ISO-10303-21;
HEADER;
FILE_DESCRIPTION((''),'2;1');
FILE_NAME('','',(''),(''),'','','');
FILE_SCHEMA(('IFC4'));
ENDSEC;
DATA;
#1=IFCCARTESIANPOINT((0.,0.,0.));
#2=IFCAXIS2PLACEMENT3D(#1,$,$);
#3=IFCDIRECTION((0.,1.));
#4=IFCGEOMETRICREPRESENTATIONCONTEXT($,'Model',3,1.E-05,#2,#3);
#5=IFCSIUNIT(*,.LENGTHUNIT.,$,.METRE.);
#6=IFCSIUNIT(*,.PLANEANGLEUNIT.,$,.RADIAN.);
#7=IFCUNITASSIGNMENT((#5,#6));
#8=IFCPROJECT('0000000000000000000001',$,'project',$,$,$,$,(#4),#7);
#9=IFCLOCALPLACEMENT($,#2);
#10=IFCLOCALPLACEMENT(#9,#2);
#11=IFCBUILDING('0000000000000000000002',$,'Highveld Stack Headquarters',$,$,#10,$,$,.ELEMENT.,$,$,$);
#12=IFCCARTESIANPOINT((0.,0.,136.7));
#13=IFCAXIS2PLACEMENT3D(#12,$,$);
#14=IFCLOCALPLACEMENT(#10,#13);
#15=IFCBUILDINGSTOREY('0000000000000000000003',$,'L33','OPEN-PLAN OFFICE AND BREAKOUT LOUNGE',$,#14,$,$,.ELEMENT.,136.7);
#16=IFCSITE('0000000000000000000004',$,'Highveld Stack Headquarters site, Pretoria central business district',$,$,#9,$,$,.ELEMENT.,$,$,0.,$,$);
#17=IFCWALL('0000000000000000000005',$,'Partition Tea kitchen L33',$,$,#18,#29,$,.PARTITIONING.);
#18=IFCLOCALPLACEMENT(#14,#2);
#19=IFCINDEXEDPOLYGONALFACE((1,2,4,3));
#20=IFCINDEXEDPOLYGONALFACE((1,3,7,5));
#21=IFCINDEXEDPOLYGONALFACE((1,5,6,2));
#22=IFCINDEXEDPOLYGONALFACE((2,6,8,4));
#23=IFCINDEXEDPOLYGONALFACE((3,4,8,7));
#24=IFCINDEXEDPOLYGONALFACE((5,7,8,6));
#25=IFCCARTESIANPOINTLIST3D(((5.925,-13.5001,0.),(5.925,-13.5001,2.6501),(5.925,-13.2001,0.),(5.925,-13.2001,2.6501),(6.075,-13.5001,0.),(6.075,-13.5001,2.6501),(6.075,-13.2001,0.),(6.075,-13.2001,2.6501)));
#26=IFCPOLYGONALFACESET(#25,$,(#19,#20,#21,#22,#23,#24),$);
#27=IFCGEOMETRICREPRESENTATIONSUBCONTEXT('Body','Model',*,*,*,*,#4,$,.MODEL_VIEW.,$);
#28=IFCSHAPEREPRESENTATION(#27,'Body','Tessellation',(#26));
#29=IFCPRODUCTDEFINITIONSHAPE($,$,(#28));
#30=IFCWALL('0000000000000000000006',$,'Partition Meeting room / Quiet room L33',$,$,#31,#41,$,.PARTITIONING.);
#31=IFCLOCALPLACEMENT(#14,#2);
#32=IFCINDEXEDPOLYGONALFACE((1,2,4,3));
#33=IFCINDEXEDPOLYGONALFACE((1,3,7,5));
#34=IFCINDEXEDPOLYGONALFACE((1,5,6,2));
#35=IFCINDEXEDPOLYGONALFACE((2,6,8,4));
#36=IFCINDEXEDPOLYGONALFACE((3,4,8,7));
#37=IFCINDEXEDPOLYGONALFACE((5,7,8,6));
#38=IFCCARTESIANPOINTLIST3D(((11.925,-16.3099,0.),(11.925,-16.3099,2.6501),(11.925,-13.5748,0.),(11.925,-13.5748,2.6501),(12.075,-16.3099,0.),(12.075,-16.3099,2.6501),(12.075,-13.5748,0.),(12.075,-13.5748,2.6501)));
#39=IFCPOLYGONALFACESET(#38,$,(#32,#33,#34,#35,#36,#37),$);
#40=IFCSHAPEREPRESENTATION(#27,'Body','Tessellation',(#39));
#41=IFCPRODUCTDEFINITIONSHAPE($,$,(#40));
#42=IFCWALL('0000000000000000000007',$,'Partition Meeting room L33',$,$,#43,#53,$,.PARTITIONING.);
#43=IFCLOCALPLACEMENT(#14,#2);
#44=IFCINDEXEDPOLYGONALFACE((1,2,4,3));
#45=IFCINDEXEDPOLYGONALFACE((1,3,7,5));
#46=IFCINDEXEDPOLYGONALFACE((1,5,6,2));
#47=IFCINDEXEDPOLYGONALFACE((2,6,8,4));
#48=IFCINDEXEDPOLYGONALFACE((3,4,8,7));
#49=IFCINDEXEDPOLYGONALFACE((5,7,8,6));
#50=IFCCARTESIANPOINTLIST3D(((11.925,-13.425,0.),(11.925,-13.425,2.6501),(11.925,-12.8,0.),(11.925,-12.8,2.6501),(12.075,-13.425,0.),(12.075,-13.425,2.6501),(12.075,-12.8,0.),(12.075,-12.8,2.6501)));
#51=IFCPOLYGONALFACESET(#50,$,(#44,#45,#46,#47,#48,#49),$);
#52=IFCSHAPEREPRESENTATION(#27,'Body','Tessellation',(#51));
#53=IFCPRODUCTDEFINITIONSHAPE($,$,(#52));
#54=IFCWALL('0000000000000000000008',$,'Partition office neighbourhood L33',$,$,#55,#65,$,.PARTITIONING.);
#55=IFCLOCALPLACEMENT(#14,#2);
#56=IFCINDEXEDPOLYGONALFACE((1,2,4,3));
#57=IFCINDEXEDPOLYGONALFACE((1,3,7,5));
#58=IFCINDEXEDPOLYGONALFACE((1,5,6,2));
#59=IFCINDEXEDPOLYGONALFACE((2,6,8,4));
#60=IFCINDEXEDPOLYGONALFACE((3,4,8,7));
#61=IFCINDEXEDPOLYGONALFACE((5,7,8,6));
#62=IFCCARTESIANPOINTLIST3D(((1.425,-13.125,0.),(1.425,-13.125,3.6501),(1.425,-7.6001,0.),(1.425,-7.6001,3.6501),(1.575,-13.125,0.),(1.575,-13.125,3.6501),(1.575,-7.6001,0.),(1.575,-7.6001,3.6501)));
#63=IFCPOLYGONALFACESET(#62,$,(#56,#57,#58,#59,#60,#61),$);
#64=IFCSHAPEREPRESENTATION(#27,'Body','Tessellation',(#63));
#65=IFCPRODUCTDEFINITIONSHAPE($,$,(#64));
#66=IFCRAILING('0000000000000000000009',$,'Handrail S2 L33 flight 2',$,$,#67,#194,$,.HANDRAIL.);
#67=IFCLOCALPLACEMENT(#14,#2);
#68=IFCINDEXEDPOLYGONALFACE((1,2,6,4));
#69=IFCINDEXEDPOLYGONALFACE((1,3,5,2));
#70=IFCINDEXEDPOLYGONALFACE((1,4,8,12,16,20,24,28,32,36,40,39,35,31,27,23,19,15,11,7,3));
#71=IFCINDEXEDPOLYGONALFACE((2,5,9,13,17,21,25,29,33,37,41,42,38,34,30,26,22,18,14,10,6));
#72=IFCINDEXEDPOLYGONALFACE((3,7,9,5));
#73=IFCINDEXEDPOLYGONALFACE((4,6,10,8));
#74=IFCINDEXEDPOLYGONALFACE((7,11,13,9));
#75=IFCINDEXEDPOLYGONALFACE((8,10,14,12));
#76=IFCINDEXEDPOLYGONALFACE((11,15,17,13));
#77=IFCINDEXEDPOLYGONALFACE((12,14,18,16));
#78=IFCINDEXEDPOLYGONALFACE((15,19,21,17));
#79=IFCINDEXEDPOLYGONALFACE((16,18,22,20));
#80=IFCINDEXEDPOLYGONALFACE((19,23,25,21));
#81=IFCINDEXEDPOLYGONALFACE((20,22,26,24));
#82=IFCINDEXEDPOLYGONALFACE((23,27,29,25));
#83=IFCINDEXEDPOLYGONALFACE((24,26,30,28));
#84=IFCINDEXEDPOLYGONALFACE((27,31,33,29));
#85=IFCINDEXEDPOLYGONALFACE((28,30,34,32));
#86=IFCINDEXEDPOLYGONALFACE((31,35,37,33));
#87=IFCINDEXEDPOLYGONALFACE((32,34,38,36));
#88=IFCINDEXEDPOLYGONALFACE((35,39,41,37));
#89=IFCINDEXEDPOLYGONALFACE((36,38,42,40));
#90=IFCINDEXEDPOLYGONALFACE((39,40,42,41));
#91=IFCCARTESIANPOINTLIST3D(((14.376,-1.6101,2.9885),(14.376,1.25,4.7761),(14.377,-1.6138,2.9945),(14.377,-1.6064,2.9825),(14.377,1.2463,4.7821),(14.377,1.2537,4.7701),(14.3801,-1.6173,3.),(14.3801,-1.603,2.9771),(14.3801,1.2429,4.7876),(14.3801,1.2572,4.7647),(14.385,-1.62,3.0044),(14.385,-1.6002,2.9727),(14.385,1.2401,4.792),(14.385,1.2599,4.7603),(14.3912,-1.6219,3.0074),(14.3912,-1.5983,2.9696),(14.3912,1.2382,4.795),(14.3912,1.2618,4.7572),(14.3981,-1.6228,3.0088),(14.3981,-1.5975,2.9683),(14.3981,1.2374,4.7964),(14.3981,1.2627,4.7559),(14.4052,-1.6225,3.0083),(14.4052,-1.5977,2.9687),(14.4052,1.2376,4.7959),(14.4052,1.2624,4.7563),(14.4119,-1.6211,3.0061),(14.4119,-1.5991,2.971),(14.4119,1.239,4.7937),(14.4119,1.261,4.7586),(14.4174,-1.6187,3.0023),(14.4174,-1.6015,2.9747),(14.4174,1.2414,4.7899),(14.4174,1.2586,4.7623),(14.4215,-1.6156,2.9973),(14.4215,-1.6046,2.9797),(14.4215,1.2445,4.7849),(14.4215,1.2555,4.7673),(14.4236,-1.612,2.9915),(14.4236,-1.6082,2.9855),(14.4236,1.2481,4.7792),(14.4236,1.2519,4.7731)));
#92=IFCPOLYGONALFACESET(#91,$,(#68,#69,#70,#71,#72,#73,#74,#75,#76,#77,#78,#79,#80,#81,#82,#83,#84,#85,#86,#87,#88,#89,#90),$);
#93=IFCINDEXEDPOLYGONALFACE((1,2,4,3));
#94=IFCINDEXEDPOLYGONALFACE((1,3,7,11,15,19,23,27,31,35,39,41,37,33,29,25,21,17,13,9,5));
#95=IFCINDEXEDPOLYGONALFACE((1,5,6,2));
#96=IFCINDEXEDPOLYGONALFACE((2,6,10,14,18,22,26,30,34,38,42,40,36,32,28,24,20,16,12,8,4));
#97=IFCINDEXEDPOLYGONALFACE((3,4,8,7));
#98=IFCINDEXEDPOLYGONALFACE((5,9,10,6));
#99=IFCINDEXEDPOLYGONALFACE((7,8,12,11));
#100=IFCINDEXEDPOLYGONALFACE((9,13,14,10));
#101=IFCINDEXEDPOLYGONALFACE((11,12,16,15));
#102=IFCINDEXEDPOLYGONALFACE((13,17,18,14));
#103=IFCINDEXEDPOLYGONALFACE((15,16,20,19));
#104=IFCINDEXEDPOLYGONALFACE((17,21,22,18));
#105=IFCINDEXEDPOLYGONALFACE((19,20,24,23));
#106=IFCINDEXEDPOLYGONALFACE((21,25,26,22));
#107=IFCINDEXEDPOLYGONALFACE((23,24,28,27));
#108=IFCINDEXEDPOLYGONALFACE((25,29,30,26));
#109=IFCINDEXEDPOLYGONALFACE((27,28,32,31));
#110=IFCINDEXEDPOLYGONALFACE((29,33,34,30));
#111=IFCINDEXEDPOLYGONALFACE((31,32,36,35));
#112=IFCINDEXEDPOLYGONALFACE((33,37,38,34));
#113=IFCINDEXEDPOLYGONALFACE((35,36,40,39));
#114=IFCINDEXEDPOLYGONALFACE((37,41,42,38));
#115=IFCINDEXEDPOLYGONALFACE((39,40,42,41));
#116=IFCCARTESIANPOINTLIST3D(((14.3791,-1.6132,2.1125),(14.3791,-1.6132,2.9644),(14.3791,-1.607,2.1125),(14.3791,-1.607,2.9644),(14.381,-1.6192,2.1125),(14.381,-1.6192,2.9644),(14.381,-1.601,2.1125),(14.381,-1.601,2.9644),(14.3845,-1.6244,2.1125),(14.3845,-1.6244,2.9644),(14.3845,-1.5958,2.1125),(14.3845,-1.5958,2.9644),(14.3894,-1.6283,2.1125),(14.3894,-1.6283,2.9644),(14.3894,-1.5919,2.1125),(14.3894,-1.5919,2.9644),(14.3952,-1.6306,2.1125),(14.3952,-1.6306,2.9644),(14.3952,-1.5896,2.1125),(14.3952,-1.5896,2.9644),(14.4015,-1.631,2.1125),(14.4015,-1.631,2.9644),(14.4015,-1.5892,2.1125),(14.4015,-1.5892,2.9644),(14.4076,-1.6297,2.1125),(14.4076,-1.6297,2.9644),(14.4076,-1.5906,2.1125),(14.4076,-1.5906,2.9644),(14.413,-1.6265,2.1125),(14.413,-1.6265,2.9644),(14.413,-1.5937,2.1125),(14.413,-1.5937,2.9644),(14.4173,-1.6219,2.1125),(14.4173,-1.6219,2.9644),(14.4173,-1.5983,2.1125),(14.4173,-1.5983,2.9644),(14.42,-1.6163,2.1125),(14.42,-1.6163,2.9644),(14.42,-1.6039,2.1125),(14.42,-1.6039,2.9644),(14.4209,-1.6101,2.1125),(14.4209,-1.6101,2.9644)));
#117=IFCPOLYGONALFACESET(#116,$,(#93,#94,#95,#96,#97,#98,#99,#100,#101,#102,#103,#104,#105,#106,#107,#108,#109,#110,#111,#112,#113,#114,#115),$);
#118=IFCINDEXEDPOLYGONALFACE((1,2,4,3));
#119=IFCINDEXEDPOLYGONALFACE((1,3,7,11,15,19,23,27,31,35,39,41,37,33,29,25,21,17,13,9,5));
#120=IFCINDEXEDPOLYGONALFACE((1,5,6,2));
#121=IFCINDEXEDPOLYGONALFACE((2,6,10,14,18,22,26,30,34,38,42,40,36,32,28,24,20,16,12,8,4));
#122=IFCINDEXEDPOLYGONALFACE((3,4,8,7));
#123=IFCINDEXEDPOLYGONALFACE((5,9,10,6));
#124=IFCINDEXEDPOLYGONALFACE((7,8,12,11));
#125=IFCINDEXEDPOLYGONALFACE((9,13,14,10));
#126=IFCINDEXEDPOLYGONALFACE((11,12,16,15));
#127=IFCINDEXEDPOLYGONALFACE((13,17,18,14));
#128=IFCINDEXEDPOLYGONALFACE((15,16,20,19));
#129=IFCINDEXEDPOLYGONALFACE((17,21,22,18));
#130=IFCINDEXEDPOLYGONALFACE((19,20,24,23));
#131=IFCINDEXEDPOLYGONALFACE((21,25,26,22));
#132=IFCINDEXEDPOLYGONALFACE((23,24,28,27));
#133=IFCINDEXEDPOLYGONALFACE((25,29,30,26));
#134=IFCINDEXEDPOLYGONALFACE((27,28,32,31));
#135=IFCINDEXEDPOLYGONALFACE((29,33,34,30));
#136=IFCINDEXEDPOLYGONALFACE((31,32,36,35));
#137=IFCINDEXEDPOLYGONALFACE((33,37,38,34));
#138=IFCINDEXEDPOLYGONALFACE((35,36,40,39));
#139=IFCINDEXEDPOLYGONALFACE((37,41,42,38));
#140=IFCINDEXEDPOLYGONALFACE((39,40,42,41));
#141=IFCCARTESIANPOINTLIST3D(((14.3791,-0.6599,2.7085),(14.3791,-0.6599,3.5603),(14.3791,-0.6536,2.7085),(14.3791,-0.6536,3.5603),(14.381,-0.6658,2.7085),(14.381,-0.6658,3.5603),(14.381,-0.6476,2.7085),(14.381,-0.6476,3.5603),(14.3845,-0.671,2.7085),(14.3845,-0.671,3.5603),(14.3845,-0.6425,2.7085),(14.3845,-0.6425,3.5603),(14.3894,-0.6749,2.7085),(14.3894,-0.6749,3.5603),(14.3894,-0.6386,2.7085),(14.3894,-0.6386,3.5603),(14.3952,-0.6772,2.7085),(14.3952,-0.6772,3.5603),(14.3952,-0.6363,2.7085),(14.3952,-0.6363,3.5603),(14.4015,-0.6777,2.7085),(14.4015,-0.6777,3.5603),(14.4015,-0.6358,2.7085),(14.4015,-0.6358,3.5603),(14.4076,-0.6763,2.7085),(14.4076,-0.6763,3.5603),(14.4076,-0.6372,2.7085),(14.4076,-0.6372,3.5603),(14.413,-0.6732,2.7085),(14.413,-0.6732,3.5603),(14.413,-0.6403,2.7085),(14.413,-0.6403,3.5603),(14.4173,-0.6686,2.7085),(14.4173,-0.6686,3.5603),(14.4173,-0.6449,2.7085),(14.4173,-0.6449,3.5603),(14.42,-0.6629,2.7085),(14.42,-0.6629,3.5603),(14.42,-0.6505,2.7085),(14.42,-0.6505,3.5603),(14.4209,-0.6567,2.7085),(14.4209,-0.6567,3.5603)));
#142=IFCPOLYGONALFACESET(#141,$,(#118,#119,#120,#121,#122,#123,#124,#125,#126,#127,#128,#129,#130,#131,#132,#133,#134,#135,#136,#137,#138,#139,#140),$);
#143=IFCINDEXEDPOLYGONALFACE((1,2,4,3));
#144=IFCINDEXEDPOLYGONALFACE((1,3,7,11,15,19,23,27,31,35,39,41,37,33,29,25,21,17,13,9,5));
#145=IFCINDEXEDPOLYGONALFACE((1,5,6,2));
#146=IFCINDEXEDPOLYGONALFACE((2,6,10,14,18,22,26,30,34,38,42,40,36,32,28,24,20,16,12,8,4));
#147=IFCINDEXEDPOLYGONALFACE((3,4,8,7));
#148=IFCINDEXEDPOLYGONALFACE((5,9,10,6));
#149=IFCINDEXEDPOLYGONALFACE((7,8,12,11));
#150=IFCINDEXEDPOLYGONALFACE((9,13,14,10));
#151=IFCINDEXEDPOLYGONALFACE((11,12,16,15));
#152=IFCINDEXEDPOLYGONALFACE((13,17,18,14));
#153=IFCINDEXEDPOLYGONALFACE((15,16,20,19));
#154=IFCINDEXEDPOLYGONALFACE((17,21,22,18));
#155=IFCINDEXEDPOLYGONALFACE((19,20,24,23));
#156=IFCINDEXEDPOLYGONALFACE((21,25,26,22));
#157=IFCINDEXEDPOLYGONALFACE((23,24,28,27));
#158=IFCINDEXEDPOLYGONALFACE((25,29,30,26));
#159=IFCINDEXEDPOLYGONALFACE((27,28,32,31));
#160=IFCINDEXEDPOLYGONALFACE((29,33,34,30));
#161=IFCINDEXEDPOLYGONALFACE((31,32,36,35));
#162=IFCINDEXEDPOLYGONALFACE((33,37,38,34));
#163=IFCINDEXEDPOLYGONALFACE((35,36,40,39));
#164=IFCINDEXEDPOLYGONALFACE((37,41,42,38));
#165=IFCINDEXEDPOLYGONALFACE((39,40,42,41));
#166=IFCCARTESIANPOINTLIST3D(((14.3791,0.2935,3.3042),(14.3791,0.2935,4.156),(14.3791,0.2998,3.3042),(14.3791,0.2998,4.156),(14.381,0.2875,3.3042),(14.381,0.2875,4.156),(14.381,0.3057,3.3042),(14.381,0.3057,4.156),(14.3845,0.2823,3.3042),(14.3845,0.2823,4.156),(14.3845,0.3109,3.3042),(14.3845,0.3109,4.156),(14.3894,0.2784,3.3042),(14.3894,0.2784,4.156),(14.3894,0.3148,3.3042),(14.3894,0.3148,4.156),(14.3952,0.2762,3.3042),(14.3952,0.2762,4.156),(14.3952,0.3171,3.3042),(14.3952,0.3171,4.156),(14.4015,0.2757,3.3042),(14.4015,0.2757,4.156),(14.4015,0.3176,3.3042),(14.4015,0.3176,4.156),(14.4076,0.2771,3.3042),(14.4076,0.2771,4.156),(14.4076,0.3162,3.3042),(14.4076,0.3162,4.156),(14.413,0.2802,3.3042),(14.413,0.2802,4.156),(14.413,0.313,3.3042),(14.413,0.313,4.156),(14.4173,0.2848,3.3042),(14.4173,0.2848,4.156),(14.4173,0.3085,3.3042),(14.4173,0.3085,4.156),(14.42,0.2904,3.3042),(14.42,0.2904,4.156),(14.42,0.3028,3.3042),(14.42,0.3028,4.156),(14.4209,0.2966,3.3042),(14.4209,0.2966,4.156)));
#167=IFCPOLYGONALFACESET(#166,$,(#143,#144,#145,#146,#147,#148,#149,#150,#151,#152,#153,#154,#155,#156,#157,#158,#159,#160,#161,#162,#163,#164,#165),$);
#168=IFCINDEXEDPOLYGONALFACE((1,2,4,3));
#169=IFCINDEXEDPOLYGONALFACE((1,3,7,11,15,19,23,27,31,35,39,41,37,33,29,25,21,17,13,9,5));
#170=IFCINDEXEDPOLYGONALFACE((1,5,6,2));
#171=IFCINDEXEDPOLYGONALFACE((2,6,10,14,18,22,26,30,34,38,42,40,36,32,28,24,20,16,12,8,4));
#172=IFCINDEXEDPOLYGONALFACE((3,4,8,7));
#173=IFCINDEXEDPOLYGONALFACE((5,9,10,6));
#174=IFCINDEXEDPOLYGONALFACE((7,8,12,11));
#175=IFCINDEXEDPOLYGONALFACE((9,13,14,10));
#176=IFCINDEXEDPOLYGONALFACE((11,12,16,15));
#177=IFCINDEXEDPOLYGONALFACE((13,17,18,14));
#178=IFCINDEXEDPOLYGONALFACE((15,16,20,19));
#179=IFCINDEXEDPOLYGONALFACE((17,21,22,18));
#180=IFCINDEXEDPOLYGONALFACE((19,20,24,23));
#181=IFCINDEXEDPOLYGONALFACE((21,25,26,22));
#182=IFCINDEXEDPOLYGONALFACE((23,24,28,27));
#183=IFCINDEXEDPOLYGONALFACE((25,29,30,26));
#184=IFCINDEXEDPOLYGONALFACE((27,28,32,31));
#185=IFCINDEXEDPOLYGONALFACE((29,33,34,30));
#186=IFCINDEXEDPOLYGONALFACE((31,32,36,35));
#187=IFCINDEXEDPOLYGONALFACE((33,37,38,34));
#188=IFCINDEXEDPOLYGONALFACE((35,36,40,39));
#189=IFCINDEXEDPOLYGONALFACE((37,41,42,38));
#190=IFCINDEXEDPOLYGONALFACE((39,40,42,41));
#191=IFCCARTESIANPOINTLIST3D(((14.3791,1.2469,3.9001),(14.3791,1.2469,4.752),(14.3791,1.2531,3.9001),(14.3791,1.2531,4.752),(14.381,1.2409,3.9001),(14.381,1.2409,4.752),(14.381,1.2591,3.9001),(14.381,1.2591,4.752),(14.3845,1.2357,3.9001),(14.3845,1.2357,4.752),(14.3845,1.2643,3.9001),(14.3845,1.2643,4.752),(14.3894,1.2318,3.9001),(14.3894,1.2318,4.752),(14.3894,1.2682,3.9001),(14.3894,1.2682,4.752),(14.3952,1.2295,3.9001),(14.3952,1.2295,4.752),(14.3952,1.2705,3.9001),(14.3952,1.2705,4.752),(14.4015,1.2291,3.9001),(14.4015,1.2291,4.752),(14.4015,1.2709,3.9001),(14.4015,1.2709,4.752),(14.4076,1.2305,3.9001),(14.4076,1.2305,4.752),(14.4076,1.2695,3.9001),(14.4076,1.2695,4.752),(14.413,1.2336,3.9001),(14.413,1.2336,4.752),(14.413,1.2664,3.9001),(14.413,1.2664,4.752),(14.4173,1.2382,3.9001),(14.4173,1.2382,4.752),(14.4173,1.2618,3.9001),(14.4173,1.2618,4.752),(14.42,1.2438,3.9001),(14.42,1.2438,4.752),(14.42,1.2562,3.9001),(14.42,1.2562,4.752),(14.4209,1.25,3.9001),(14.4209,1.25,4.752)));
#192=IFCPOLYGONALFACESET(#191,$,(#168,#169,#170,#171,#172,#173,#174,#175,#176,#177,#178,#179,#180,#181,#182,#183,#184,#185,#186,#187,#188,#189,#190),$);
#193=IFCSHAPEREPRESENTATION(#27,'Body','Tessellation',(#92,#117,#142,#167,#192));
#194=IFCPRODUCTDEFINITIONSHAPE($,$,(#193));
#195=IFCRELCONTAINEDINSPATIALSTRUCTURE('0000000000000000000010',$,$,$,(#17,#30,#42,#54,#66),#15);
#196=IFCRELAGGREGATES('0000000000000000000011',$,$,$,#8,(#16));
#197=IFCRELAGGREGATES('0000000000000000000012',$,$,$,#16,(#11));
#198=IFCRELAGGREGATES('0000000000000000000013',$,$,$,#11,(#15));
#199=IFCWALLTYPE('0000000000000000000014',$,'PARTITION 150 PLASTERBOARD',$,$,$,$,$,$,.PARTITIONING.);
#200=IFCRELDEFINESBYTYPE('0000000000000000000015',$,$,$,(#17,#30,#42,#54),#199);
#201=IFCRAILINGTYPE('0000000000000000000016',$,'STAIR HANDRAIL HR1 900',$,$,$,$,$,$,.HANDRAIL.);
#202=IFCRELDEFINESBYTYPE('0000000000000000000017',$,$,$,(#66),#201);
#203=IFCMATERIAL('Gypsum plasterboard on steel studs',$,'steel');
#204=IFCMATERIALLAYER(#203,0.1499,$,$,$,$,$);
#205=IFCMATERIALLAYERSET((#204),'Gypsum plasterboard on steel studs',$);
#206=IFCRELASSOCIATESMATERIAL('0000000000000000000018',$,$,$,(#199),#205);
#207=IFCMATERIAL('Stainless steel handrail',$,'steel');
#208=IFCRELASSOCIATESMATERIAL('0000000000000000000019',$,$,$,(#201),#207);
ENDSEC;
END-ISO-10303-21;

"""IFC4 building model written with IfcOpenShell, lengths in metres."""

from ifc_helpers import new_model, si_unit, direction, frame, frame_2d, origin, origin_2d, place, context, subcontext, project, spatial, rectangle, circle, extrude, material, layer, layer_set, type_object, element, save


model = new_model("IFC4")

# Units and contexts
model_context = context("Model", 3, precision=1e-05, world=origin(), true_north=direction((0.0, 1.0)))
body_context = subcontext(model_context, "Body", "Model", "MODEL_VIEW")
ifc_project = project(units=[si_unit("LENGTHUNIT", "METRE"), si_unit("PLANEANGLEUNIT", "RADIAN")], contexts=[model_context])

# Site, building, storey
site_placement = place(None, origin())
site = spatial("IfcSite", under=ifc_project, at=site_placement, Name="Highveld Stack Headquarters site, Pretoria central business district", CompositionType="ELEMENT", RefElevation=0.0)
building_placement = place(site_placement, origin())
building = spatial("IfcBuilding", under=site, at=building_placement, Name="Highveld Stack Headquarters", CompositionType="ELEMENT")
storey_placement = place(building_placement, frame((0.0, 0.0, 136.7)))
storey = spatial("IfcBuildingStorey", under=building, at=storey_placement, Name="L33", Description="OPEN-PLAN OFFICE AND BREAKOUT LOUNGE", CompositionType="ELEMENT", Elevation=136.7)

# Shared definitions
ifc_material_1 = material(Name="Gypsum plasterboard on steel studs", Category="steel")
ifc_layer_1 = layer(ifc_material_1, 0.1499)
ifc_layer_set_1 = layer_set([ifc_layer_1], Name="Gypsum plasterboard on steel studs")
wall_type_1 = type_object("IfcWallType", Name="PARTITION 150 PLASTERBOARD", PredefinedType="PARTITIONING", material=ifc_layer_set_1)

# Walls
wall_1_placement = place(storey_placement, frame((6.0, -13.5, 0.0), z_axis=(0.0, 0.0, 1.0), x_axis=(0.0, 1.0, 0.0)))
element("IfcWall", 1, at=wall_1_placement, inside=storey, type_object=wall_type_1, Name="Partition Tea kitchen L33", PredefinedType="PARTITIONING", context=body_context, shape_type="SweptSolid", body=[
    extrude(rectangle(XDim=0.3, YDim=0.1499, at=frame_2d((0.1499, 0.0))), origin(), (0.0, 0.0, 1.0), 2.6501),
])
wall_2_placement = place(storey_placement, frame((12.0, -16.3101, 0.0), z_axis=(0.0, 0.0, 1.0), x_axis=(0.0, 1.0, 0.0)))
element("IfcWall", 2, at=wall_2_placement, inside=storey, type_object=wall_type_1, Name="Partition Meeting room / Quiet room L33", PredefinedType="PARTITIONING", context=body_context, shape_type="SweptSolid", body=[
    extrude(rectangle(XDim=2.7351, YDim=0.1499, at=frame_2d((1.3677, 0.0))), origin(), (0.0, 0.0, 1.0), 2.6501),
])
wall_3_placement = place(storey_placement, frame((12.0, -13.425, 0.0), z_axis=(0.0, 0.0, 1.0), x_axis=(0.0, 1.0, 0.0)))
element("IfcWall", 3, at=wall_3_placement, inside=storey, type_object=wall_type_1, Name="Partition Meeting room L33", PredefinedType="PARTITIONING", context=body_context, shape_type="SweptSolid", body=[
    extrude(rectangle(XDim=0.625, YDim=0.1499, at=frame_2d((0.3125, 0.0))), origin(), (0.0, 0.0, 1.0), 2.6501),
])
wall_4_placement = place(storey_placement, frame((1.5, -13.125, 0.0), z_axis=(0.0, 0.0, 1.0), x_axis=(0.0, 1.0, 0.0)))
element("IfcWall", 4, at=wall_4_placement, inside=storey, type_object=wall_type_1, Name="Partition office neighbourhood L33", PredefinedType="PARTITIONING", context=body_context, shape_type="SweptSolid", body=[
    extrude(rectangle(XDim=5.5249, YDim=0.1499, at=frame_2d((2.7625, 0.0))), origin(), (0.0, 0.0, 1.0), 3.6501),
])

# Railing
ifc_material_2 = material(Name="Stainless steel handrail", Category="steel")
railing_type = type_object("IfcRailingType", Name="STAIR HANDRAIL HR1 900", PredefinedType="HANDRAIL", material=ifc_material_2)
railing_placement = place(storey_placement, frame((14.3999, -1.6101, 2.1125)))
element("IfcRailing", 5, at=railing_placement, inside=storey, type_object=railing_type, Name="Handrail S2 L33 flight 2", PredefinedType="HANDRAIL", context=body_context, shape_type="SweptSolid", body=[
    extrude(circle(Radius=0.0239, at=origin_2d()), frame((0.0, 0.0, 0.876), z_axis=(0.0, 0.847994, 0.530005), x_axis=(-1.0, 0.0, 0.0)), (0.0, 0.0, 1.0), 3.3728),
    extrude(circle(Radius=0.021, at=origin_2d()), origin(), (0.0, 0.0, 1.0), 0.8518),
    extrude(circle(Radius=0.021, at=origin_2d()), frame((0.0, 0.9534, 0.5959)), (0.0, 0.0, 1.0), 0.8518),
    extrude(circle(Radius=0.021, at=origin_2d()), frame((0.0, 1.9067, 1.1917)), (0.0, 0.0, 1.0), 0.8518),
    extrude(circle(Radius=0.021, at=origin_2d()), frame((0.0, 2.8601, 1.7876)), (0.0, 0.0, 1.0), 0.8518),
])

save(model, "model.ifc")
